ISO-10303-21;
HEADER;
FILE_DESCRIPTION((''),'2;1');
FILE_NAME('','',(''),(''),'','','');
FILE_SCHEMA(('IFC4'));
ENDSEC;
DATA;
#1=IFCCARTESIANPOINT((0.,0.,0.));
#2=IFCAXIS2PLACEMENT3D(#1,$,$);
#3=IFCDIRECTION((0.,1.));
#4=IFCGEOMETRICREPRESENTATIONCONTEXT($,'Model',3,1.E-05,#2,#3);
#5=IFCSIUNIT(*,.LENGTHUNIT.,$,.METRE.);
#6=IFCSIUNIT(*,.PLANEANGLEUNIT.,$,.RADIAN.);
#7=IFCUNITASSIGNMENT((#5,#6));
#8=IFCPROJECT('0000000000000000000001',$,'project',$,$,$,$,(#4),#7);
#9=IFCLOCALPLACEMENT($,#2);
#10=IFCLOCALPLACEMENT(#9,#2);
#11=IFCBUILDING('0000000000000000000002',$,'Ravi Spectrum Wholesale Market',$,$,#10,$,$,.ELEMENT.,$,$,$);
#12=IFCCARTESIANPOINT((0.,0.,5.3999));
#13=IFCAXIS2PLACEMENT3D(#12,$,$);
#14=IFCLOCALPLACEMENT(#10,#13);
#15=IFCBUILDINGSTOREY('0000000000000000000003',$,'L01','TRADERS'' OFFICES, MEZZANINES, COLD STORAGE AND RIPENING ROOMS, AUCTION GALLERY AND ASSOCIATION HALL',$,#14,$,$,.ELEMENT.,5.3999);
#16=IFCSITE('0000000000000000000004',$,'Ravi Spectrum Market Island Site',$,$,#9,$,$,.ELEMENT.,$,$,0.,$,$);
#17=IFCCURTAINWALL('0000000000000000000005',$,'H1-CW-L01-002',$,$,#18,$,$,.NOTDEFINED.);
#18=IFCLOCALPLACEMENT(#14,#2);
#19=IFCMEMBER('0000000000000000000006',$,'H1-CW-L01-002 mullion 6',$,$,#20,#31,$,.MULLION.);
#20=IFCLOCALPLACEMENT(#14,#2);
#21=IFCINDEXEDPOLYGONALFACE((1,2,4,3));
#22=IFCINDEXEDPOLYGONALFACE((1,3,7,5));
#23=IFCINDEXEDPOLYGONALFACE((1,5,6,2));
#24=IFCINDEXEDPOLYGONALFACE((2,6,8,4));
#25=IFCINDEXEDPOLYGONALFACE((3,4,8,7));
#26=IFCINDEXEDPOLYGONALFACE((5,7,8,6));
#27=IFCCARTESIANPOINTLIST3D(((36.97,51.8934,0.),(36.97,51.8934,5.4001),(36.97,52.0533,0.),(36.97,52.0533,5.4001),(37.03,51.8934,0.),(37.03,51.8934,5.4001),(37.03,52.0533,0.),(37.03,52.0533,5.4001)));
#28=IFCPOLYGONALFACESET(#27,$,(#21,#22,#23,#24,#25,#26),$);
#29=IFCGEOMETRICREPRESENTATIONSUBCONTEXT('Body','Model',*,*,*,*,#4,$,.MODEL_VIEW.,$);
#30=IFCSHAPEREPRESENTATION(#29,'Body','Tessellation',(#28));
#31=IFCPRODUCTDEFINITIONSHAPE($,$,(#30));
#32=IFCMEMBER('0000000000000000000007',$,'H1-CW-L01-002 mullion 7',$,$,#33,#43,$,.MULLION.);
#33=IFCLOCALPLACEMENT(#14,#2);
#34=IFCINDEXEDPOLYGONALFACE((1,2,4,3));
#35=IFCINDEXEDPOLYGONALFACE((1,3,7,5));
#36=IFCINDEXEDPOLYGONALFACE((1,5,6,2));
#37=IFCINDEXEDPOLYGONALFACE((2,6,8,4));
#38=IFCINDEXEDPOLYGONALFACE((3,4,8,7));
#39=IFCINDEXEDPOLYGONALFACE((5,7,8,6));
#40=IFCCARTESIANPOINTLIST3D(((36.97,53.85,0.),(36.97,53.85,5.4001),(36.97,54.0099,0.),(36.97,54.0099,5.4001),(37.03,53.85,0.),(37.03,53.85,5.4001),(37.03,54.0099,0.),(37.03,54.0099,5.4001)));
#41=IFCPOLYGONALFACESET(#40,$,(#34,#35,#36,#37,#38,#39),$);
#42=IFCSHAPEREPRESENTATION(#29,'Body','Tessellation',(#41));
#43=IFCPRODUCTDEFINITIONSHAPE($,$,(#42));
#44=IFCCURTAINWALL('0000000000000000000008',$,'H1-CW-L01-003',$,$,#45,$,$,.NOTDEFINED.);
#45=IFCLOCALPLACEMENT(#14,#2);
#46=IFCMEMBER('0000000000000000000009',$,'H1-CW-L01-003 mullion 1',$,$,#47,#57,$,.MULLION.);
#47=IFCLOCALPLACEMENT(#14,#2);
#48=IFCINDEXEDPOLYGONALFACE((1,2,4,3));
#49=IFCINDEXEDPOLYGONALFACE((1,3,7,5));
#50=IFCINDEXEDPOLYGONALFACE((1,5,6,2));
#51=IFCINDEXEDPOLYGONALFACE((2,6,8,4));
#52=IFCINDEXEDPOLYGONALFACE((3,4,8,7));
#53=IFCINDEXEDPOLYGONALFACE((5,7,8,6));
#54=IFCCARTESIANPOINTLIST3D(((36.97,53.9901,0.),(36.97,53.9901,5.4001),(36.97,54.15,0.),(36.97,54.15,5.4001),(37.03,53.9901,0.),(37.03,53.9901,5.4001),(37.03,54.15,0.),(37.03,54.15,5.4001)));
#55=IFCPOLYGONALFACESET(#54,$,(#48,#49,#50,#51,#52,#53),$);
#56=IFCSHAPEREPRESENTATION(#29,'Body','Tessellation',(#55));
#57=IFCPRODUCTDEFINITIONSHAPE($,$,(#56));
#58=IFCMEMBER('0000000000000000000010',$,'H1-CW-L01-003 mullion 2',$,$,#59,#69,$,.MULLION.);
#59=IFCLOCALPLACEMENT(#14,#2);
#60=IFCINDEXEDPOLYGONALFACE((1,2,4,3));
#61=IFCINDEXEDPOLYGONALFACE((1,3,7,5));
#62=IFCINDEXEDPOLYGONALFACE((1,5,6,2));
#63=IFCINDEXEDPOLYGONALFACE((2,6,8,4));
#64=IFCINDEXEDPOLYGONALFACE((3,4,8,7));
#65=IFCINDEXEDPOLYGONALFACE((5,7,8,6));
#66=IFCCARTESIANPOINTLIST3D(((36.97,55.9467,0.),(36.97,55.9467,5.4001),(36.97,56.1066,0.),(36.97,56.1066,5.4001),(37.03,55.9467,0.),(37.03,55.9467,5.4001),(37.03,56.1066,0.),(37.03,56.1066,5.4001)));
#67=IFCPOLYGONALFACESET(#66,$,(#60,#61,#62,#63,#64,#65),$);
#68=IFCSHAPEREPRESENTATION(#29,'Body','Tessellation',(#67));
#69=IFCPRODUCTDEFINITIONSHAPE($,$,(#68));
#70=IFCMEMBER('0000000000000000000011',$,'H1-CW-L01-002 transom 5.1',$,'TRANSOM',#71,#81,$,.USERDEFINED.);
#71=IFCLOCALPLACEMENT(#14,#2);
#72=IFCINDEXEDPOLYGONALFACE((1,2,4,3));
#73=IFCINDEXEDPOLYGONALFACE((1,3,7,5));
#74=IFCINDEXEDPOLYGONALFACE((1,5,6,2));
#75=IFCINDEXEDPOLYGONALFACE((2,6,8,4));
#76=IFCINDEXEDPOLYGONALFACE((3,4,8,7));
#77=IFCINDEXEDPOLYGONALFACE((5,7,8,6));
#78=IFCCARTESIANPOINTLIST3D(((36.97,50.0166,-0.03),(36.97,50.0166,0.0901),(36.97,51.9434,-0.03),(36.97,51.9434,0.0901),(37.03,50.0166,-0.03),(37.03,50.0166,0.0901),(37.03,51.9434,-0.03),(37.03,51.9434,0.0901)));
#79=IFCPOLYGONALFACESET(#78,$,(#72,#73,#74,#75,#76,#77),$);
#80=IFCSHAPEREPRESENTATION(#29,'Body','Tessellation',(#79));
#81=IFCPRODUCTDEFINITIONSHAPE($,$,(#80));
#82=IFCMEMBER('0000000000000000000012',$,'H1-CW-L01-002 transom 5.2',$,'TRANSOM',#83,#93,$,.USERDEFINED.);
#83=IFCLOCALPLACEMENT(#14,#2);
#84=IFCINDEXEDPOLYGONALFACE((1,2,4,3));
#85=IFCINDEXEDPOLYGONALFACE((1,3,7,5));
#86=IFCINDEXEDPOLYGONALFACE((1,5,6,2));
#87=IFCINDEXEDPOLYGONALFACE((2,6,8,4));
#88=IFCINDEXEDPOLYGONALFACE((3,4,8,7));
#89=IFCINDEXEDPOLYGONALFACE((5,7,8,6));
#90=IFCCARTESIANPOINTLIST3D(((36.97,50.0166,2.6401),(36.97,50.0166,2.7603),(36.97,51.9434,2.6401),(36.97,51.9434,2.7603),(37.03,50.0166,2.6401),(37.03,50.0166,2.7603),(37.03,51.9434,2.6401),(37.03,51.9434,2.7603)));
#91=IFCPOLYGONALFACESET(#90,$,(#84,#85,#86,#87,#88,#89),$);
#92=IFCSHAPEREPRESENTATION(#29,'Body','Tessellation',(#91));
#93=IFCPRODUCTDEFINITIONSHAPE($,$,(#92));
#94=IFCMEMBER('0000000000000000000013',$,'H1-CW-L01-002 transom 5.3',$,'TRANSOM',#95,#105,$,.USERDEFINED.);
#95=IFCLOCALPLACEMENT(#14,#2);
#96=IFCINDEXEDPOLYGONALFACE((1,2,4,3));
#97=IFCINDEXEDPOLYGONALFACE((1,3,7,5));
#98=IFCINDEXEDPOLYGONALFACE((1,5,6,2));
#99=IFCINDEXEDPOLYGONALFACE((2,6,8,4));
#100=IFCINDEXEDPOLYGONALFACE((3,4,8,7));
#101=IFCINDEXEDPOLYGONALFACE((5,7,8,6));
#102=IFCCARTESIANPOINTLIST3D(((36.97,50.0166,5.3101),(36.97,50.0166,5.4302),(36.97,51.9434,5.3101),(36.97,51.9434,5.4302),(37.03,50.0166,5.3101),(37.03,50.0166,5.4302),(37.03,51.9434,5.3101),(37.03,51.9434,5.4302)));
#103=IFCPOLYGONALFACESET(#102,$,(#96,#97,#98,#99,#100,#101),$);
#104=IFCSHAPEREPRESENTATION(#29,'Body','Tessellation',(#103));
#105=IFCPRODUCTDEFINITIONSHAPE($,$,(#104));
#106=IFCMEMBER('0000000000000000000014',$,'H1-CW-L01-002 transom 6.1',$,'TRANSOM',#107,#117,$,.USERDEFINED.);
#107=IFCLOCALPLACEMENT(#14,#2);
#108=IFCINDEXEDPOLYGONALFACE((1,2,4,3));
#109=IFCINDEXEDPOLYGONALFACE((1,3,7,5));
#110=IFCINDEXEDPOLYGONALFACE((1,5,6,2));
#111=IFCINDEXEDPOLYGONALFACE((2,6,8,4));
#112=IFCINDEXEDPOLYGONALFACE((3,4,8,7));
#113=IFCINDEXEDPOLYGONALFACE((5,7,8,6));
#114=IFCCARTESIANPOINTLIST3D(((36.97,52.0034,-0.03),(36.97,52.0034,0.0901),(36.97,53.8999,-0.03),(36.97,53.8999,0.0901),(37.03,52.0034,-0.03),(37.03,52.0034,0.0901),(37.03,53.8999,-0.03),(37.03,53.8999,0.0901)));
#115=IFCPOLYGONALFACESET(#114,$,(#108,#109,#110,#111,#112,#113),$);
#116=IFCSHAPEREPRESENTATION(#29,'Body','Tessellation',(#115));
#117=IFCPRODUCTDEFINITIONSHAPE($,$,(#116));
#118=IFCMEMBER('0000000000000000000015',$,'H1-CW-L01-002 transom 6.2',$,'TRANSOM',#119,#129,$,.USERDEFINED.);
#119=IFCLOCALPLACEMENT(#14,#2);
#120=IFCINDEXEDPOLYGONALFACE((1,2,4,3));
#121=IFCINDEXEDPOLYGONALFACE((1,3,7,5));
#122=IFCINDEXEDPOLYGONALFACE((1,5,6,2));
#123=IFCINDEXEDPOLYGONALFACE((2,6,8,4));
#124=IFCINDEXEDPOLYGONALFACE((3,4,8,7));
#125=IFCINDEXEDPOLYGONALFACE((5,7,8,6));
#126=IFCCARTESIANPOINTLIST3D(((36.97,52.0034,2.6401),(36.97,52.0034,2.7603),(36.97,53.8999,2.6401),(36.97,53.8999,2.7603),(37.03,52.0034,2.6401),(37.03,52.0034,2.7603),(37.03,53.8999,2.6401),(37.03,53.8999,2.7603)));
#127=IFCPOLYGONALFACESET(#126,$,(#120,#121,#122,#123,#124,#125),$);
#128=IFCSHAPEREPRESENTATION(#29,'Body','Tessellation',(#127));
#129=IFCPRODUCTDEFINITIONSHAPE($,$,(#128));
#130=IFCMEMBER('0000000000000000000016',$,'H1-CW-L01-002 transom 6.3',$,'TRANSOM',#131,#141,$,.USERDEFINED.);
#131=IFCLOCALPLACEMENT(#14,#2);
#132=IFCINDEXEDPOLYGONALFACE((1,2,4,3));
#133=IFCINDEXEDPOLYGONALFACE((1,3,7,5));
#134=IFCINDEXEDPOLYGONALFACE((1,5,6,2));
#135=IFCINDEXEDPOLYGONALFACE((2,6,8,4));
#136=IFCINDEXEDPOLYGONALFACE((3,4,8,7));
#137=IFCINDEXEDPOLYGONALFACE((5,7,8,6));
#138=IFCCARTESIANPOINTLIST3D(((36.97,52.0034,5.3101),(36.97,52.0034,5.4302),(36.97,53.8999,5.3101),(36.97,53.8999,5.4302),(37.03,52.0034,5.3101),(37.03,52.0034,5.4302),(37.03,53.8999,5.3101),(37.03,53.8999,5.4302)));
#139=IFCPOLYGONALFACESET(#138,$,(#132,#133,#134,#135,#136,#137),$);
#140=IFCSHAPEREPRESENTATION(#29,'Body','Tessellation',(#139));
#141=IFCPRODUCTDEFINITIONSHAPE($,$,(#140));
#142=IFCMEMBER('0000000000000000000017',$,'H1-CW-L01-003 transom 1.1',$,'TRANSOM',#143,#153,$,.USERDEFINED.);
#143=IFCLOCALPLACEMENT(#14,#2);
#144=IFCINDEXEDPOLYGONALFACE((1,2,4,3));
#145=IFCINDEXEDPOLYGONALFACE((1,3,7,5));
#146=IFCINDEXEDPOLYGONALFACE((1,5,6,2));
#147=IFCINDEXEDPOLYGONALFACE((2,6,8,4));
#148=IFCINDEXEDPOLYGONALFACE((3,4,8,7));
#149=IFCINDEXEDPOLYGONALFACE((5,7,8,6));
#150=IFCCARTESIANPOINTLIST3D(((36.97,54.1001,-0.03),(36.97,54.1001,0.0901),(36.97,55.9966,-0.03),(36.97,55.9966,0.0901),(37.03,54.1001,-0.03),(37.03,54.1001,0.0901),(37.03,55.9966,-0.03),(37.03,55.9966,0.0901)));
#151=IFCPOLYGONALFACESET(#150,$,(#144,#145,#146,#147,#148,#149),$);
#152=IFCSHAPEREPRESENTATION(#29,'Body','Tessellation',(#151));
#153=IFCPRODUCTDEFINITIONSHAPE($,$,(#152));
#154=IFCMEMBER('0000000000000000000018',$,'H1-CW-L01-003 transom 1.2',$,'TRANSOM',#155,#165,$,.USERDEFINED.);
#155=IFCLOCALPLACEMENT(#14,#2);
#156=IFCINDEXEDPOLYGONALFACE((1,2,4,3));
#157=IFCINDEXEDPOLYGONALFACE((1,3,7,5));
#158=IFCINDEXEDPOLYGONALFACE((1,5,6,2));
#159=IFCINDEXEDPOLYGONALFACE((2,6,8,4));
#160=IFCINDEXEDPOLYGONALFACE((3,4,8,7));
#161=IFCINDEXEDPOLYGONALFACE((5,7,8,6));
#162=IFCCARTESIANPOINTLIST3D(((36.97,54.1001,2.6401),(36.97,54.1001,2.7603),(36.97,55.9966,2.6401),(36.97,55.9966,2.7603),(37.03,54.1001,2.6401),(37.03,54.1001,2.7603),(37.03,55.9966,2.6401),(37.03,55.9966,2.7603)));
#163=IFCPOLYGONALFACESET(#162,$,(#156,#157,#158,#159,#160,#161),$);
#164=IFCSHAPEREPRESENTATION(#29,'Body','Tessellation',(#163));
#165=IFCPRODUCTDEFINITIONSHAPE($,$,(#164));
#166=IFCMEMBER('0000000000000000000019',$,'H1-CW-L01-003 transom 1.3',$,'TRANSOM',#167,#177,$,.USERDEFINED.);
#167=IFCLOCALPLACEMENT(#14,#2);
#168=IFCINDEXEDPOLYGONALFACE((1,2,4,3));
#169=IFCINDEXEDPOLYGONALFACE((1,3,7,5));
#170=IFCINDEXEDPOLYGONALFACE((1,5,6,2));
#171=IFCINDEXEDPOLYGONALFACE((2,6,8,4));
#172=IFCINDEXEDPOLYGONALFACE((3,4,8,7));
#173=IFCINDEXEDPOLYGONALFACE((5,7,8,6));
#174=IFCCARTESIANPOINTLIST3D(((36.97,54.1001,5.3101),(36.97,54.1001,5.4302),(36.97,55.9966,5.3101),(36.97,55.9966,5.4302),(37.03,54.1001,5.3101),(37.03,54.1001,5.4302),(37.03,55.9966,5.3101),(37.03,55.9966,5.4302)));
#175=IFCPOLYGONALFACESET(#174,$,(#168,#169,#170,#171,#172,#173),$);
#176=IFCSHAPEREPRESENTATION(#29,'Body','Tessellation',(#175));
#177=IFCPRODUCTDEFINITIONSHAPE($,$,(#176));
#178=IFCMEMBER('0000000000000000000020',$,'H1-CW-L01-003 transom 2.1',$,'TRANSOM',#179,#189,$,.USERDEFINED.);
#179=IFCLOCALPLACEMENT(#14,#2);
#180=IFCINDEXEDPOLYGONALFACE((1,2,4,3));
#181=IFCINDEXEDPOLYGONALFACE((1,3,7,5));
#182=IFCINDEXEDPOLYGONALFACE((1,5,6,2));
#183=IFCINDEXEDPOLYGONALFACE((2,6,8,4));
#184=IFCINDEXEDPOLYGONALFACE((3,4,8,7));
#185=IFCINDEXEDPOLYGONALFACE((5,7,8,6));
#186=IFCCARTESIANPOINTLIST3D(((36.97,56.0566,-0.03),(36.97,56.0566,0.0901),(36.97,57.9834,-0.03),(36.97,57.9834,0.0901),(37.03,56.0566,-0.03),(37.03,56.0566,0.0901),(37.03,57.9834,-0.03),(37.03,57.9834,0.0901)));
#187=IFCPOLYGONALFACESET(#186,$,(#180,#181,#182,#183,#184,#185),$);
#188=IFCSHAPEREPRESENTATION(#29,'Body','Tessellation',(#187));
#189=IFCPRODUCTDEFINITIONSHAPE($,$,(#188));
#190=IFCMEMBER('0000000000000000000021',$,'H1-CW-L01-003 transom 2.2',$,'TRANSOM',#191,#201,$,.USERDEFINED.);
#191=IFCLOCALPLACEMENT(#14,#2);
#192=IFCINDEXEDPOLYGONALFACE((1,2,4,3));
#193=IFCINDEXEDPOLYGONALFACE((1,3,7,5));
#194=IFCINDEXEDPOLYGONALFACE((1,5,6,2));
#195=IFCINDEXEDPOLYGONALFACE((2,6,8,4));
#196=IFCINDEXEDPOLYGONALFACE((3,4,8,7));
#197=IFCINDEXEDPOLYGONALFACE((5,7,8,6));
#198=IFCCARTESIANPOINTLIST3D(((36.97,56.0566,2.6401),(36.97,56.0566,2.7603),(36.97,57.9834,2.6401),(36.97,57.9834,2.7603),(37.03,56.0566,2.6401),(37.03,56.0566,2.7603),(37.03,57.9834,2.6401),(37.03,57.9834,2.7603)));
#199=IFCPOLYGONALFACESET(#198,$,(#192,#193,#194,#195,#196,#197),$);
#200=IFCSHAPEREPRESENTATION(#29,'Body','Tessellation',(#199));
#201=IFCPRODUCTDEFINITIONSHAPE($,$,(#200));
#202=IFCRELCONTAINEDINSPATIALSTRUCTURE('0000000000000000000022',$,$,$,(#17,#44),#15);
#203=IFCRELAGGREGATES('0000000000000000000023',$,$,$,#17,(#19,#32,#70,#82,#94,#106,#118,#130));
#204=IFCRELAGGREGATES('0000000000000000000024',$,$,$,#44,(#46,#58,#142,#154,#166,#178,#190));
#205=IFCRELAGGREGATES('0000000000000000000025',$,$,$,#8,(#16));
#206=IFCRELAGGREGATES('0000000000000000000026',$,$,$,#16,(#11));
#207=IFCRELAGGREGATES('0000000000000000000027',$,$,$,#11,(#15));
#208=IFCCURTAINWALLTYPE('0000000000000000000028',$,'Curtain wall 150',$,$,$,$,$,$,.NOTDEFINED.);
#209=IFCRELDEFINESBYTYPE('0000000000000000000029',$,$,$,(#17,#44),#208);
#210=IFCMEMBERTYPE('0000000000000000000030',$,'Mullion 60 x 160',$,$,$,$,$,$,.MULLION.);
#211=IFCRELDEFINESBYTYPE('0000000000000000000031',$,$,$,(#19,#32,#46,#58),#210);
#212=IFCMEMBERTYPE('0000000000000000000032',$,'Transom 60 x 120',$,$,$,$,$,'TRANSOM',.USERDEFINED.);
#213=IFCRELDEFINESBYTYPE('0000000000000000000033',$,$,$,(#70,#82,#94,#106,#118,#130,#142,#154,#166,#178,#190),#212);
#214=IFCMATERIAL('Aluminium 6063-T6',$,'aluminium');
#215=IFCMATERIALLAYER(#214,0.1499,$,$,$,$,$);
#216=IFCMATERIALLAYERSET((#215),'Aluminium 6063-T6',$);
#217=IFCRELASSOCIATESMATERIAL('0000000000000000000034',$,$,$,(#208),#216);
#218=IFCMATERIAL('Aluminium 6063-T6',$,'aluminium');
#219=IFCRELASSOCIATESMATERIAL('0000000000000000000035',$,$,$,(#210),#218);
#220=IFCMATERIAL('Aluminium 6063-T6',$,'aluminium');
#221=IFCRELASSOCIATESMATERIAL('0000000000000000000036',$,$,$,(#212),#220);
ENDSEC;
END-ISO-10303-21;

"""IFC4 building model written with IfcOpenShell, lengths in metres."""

from ifc_helpers import new_model, si_unit, direction, frame, origin, origin_2d, place, context, subcontext, project, spatial, rectangle, extrude, material, layer, layer_set, material_profile, profile_set, type_object, element, aggregate, save


model = new_model("IFC4")

# Units and contexts
model_context = context("Model", 3, precision=1e-05, world=origin(), true_north=direction((0.0, 1.0)))
body_context = subcontext(model_context, "Body", "Model", "MODEL_VIEW")
ifc_project = project(units=[si_unit("LENGTHUNIT", "METRE"), si_unit("PLANEANGLEUNIT", "RADIAN")], contexts=[model_context])

# Site, building, storey
site_placement = place(None, origin())
site = spatial("IfcSite", under=ifc_project, at=site_placement, Name="Ravi Spectrum Market Island Site", CompositionType="ELEMENT", RefElevation=0.0)
building_placement = place(site_placement, origin())
building = spatial("IfcBuilding", under=site, at=building_placement, Name="Ravi Spectrum Wholesale Market", CompositionType="ELEMENT")
storey_placement = place(building_placement, frame((0.0, 0.0, 5.3999)))
storey = spatial("IfcBuildingStorey", under=building, at=storey_placement, Name="L01", Description="TRADERS' OFFICES, MEZZANINES, COLD STORAGE AND RIPENING ROOMS, AUCTION GALLERY AND ASSOCIATION HALL", CompositionType="ELEMENT", Elevation=5.3999)

# Curtain walls, members
ifc_material_1 = material(Name="Aluminium 6063-T6", Category="aluminium")
ifc_layer_1 = layer(ifc_material_1, 0.1499)
ifc_layer_set_1 = layer_set([ifc_layer_1], Name="Aluminium 6063-T6")
curtain_wall_type = type_object("IfcCurtainWallType", Name="Curtain wall 150", PredefinedType="NOTDEFINED", material=ifc_layer_set_1)
curtain_wall_1_placement = place(storey_placement, origin())
curtain_wall_1 = element("IfcCurtainWall", 1, at=curtain_wall_1_placement, inside=storey, type_object=curtain_wall_type, Name="H1-CW-L01-002", PredefinedType="NOTDEFINED")
ifc_material_2 = material(Name="Aluminium 6063-T6", Category="aluminium")
ifc_material_profile_1 = material_profile(ifc_material_2, rectangle(XDim=0.0601, YDim=0.1599, at=origin_2d()))
ifc_profile_set_1 = profile_set([ifc_material_profile_1], Name="Aluminium 6063-T6")
member_type_1 = type_object("IfcMemberType", Name="Mullion 60 x 160", PredefinedType="MULLION", material=ifc_profile_set_1)
member_1_placement = place(storey_placement, frame((37.0, 51.9734, 0.0), z_axis=(0.0, 0.0, 1.0), x_axis=(-1.0, 0.0, 0.0)))
member_1 = element("IfcMember", 2, at=member_1_placement, type_object=member_type_1, Name="H1-CW-L01-002 mullion 6", PredefinedType="MULLION", context=body_context, shape_type="SweptSolid", body=[
    extrude(rectangle(XDim=0.0601, YDim=0.1599, at=origin_2d()), origin(), (0.0, 0.0, 1.0), 5.4001),
])
member_2_placement = place(storey_placement, frame((37.0, 53.9299, 0.0), z_axis=(0.0, 0.0, 1.0), x_axis=(-1.0, 0.0, 0.0)))
member_2 = element("IfcMember", 3, at=member_2_placement, type_object=member_type_1, Name="H1-CW-L01-002 mullion 7", PredefinedType="MULLION", context=body_context, shape_type="SweptSolid", body=[
    extrude(rectangle(XDim=0.0601, YDim=0.1599, at=origin_2d()), origin(), (0.0, 0.0, 1.0), 5.4001),
])
curtain_wall_2_placement = place(storey_placement, origin())
curtain_wall_2 = element("IfcCurtainWall", 4, at=curtain_wall_2_placement, inside=storey, type_object=curtain_wall_type, Name="H1-CW-L01-003", PredefinedType="NOTDEFINED")
member_3_placement = place(storey_placement, frame((37.0, 54.0701, 0.0), z_axis=(0.0, 0.0, 1.0), x_axis=(-1.0, 0.0, 0.0)))
member_3 = element("IfcMember", 5, at=member_3_placement, type_object=member_type_1, Name="H1-CW-L01-003 mullion 1", PredefinedType="MULLION", context=body_context, shape_type="SweptSolid", body=[
    extrude(rectangle(XDim=0.0601, YDim=0.1599, at=origin_2d()), origin(), (0.0, 0.0, 1.0), 5.4001),
])
member_4_placement = place(storey_placement, frame((37.0, 56.0266, 0.0), z_axis=(0.0, 0.0, 1.0), x_axis=(-1.0, 0.0, 0.0)))
member_4 = element("IfcMember", 6, at=member_4_placement, type_object=member_type_1, Name="H1-CW-L01-003 mullion 2", PredefinedType="MULLION", context=body_context, shape_type="SweptSolid", body=[
    extrude(rectangle(XDim=0.0601, YDim=0.1599, at=origin_2d()), origin(), (0.0, 0.0, 1.0), 5.4001),
])

# Members
ifc_material_3 = material(Name="Aluminium 6063-T6", Category="aluminium")
ifc_material_profile_2 = material_profile(ifc_material_3, rectangle(XDim=0.0601, YDim=0.1201, at=origin_2d()))
ifc_profile_set_2 = profile_set([ifc_material_profile_2], Name="Aluminium 6063-T6")
member_type_2 = type_object("IfcMemberType", Name="Transom 60 x 120", ElementType="TRANSOM", PredefinedType="USERDEFINED", material=ifc_profile_set_2)
member_5_placement = place(storey_placement, frame((37.0, 50.0166, 0.03), z_axis=(0.0, 1.0, 0.0), x_axis=(-1.0, 0.0, 0.0)))
member_5 = element("IfcMember", 7, at=member_5_placement, type_object=member_type_2, Name="H1-CW-L01-002 transom 5.1", ObjectType="TRANSOM", PredefinedType="USERDEFINED", context=body_context, shape_type="SweptSolid", body=[
    extrude(rectangle(XDim=0.0601, YDim=0.1201, at=origin_2d()), origin(), (0.0, 0.0, 1.0), 1.9268),
])
member_6_placement = place(storey_placement, frame((37.0, 50.0166, 2.7002), z_axis=(0.0, 1.0, 0.0), x_axis=(-1.0, 0.0, 0.0)))
member_6 = element("IfcMember", 8, at=member_6_placement, type_object=member_type_2, Name="H1-CW-L01-002 transom 5.2", ObjectType="TRANSOM", PredefinedType="USERDEFINED", context=body_context, shape_type="SweptSolid", body=[
    extrude(rectangle(XDim=0.0601, YDim=0.1201, at=origin_2d()), origin(), (0.0, 0.0, 1.0), 1.9268),
])
member_7_placement = place(storey_placement, frame((37.0, 50.0166, 5.3701), z_axis=(0.0, 1.0, 0.0), x_axis=(-1.0, 0.0, 0.0)))
member_7 = element("IfcMember", 9, at=member_7_placement, type_object=member_type_2, Name="H1-CW-L01-002 transom 5.3", ObjectType="TRANSOM", PredefinedType="USERDEFINED", context=body_context, shape_type="SweptSolid", body=[
    extrude(rectangle(XDim=0.0601, YDim=0.1201, at=origin_2d()), origin(), (0.0, 0.0, 1.0), 1.9268),
])
member_8_placement = place(storey_placement, frame((37.0, 52.0034, 0.03), z_axis=(0.0, 1.0, 0.0), x_axis=(-1.0, 0.0, 0.0)))
member_8 = element("IfcMember", 10, at=member_8_placement, type_object=member_type_2, Name="H1-CW-L01-002 transom 6.1", ObjectType="TRANSOM", PredefinedType="USERDEFINED", context=body_context, shape_type="SweptSolid", body=[
    extrude(rectangle(XDim=0.0601, YDim=0.1201, at=origin_2d()), origin(), (0.0, 0.0, 1.0), 1.8965),
])
member_9_placement = place(storey_placement, frame((37.0, 52.0034, 2.7002), z_axis=(0.0, 1.0, 0.0), x_axis=(-1.0, 0.0, 0.0)))
member_9 = element("IfcMember", 11, at=member_9_placement, type_object=member_type_2, Name="H1-CW-L01-002 transom 6.2", ObjectType="TRANSOM", PredefinedType="USERDEFINED", context=body_context, shape_type="SweptSolid", body=[
    extrude(rectangle(XDim=0.0601, YDim=0.1201, at=origin_2d()), origin(), (0.0, 0.0, 1.0), 1.8965),
])
member_10_placement = place(storey_placement, frame((37.0, 52.0034, 5.3701), z_axis=(0.0, 1.0, 0.0), x_axis=(-1.0, 0.0, 0.0)))
member_10 = element("IfcMember", 12, at=member_10_placement, type_object=member_type_2, Name="H1-CW-L01-002 transom 6.3", ObjectType="TRANSOM", PredefinedType="USERDEFINED", context=body_context, shape_type="SweptSolid", body=[
    extrude(rectangle(XDim=0.0601, YDim=0.1201, at=origin_2d()), origin(), (0.0, 0.0, 1.0), 1.8965),
])
member_11_placement = place(storey_placement, frame((37.0, 54.1001, 0.03), z_axis=(0.0, 1.0, 0.0), x_axis=(-1.0, 0.0, 0.0)))
member_11 = element("IfcMember", 13, at=member_11_placement, type_object=member_type_2, Name="H1-CW-L01-003 transom 1.1", ObjectType="TRANSOM", PredefinedType="USERDEFINED", context=body_context, shape_type="SweptSolid", body=[
    extrude(rectangle(XDim=0.0601, YDim=0.1201, at=origin_2d()), origin(), (0.0, 0.0, 1.0), 1.8965),
])
member_12_placement = place(storey_placement, frame((37.0, 54.1001, 2.7002), z_axis=(0.0, 1.0, 0.0), x_axis=(-1.0, 0.0, 0.0)))
member_12 = element("IfcMember", 14, at=member_12_placement, type_object=member_type_2, Name="H1-CW-L01-003 transom 1.2", ObjectType="TRANSOM", PredefinedType="USERDEFINED", context=body_context, shape_type="SweptSolid", body=[
    extrude(rectangle(XDim=0.0601, YDim=0.1201, at=origin_2d()), origin(), (0.0, 0.0, 1.0), 1.8965),
])
member_13_placement = place(storey_placement, frame((37.0, 54.1001, 5.3701), z_axis=(0.0, 1.0, 0.0), x_axis=(-1.0, 0.0, 0.0)))
member_13 = element("IfcMember", 15, at=member_13_placement, type_object=member_type_2, Name="H1-CW-L01-003 transom 1.3", ObjectType="TRANSOM", PredefinedType="USERDEFINED", context=body_context, shape_type="SweptSolid", body=[
    extrude(rectangle(XDim=0.0601, YDim=0.1201, at=origin_2d()), origin(), (0.0, 0.0, 1.0), 1.8965),
])
member_14_placement = place(storey_placement, frame((37.0, 56.0566, 0.03), z_axis=(0.0, 1.0, 0.0), x_axis=(-1.0, 0.0, 0.0)))
member_14 = element("IfcMember", 16, at=member_14_placement, type_object=member_type_2, Name="H1-CW-L01-003 transom 2.1", ObjectType="TRANSOM", PredefinedType="USERDEFINED", context=body_context, shape_type="SweptSolid", body=[
    extrude(rectangle(XDim=0.0601, YDim=0.1201, at=origin_2d()), origin(), (0.0, 0.0, 1.0), 1.9268),
])
member_15_placement = place(storey_placement, frame((37.0, 56.0566, 2.7002), z_axis=(0.0, 1.0, 0.0), x_axis=(-1.0, 0.0, 0.0)))
member_15 = element("IfcMember", 17, at=member_15_placement, type_object=member_type_2, Name="H1-CW-L01-003 transom 2.2", ObjectType="TRANSOM", PredefinedType="USERDEFINED", context=body_context, shape_type="SweptSolid", body=[
    extrude(rectangle(XDim=0.0601, YDim=0.1201, at=origin_2d()), origin(), (0.0, 0.0, 1.0), 1.9268),
])

aggregate(curtain_wall_1, [member_1, member_2, member_5, member_6, member_7, member_8, member_9, member_10])
aggregate(curtain_wall_2, [member_3, member_4, member_11, member_12, member_13, member_14, member_15])

save(model, "model.ifc")
